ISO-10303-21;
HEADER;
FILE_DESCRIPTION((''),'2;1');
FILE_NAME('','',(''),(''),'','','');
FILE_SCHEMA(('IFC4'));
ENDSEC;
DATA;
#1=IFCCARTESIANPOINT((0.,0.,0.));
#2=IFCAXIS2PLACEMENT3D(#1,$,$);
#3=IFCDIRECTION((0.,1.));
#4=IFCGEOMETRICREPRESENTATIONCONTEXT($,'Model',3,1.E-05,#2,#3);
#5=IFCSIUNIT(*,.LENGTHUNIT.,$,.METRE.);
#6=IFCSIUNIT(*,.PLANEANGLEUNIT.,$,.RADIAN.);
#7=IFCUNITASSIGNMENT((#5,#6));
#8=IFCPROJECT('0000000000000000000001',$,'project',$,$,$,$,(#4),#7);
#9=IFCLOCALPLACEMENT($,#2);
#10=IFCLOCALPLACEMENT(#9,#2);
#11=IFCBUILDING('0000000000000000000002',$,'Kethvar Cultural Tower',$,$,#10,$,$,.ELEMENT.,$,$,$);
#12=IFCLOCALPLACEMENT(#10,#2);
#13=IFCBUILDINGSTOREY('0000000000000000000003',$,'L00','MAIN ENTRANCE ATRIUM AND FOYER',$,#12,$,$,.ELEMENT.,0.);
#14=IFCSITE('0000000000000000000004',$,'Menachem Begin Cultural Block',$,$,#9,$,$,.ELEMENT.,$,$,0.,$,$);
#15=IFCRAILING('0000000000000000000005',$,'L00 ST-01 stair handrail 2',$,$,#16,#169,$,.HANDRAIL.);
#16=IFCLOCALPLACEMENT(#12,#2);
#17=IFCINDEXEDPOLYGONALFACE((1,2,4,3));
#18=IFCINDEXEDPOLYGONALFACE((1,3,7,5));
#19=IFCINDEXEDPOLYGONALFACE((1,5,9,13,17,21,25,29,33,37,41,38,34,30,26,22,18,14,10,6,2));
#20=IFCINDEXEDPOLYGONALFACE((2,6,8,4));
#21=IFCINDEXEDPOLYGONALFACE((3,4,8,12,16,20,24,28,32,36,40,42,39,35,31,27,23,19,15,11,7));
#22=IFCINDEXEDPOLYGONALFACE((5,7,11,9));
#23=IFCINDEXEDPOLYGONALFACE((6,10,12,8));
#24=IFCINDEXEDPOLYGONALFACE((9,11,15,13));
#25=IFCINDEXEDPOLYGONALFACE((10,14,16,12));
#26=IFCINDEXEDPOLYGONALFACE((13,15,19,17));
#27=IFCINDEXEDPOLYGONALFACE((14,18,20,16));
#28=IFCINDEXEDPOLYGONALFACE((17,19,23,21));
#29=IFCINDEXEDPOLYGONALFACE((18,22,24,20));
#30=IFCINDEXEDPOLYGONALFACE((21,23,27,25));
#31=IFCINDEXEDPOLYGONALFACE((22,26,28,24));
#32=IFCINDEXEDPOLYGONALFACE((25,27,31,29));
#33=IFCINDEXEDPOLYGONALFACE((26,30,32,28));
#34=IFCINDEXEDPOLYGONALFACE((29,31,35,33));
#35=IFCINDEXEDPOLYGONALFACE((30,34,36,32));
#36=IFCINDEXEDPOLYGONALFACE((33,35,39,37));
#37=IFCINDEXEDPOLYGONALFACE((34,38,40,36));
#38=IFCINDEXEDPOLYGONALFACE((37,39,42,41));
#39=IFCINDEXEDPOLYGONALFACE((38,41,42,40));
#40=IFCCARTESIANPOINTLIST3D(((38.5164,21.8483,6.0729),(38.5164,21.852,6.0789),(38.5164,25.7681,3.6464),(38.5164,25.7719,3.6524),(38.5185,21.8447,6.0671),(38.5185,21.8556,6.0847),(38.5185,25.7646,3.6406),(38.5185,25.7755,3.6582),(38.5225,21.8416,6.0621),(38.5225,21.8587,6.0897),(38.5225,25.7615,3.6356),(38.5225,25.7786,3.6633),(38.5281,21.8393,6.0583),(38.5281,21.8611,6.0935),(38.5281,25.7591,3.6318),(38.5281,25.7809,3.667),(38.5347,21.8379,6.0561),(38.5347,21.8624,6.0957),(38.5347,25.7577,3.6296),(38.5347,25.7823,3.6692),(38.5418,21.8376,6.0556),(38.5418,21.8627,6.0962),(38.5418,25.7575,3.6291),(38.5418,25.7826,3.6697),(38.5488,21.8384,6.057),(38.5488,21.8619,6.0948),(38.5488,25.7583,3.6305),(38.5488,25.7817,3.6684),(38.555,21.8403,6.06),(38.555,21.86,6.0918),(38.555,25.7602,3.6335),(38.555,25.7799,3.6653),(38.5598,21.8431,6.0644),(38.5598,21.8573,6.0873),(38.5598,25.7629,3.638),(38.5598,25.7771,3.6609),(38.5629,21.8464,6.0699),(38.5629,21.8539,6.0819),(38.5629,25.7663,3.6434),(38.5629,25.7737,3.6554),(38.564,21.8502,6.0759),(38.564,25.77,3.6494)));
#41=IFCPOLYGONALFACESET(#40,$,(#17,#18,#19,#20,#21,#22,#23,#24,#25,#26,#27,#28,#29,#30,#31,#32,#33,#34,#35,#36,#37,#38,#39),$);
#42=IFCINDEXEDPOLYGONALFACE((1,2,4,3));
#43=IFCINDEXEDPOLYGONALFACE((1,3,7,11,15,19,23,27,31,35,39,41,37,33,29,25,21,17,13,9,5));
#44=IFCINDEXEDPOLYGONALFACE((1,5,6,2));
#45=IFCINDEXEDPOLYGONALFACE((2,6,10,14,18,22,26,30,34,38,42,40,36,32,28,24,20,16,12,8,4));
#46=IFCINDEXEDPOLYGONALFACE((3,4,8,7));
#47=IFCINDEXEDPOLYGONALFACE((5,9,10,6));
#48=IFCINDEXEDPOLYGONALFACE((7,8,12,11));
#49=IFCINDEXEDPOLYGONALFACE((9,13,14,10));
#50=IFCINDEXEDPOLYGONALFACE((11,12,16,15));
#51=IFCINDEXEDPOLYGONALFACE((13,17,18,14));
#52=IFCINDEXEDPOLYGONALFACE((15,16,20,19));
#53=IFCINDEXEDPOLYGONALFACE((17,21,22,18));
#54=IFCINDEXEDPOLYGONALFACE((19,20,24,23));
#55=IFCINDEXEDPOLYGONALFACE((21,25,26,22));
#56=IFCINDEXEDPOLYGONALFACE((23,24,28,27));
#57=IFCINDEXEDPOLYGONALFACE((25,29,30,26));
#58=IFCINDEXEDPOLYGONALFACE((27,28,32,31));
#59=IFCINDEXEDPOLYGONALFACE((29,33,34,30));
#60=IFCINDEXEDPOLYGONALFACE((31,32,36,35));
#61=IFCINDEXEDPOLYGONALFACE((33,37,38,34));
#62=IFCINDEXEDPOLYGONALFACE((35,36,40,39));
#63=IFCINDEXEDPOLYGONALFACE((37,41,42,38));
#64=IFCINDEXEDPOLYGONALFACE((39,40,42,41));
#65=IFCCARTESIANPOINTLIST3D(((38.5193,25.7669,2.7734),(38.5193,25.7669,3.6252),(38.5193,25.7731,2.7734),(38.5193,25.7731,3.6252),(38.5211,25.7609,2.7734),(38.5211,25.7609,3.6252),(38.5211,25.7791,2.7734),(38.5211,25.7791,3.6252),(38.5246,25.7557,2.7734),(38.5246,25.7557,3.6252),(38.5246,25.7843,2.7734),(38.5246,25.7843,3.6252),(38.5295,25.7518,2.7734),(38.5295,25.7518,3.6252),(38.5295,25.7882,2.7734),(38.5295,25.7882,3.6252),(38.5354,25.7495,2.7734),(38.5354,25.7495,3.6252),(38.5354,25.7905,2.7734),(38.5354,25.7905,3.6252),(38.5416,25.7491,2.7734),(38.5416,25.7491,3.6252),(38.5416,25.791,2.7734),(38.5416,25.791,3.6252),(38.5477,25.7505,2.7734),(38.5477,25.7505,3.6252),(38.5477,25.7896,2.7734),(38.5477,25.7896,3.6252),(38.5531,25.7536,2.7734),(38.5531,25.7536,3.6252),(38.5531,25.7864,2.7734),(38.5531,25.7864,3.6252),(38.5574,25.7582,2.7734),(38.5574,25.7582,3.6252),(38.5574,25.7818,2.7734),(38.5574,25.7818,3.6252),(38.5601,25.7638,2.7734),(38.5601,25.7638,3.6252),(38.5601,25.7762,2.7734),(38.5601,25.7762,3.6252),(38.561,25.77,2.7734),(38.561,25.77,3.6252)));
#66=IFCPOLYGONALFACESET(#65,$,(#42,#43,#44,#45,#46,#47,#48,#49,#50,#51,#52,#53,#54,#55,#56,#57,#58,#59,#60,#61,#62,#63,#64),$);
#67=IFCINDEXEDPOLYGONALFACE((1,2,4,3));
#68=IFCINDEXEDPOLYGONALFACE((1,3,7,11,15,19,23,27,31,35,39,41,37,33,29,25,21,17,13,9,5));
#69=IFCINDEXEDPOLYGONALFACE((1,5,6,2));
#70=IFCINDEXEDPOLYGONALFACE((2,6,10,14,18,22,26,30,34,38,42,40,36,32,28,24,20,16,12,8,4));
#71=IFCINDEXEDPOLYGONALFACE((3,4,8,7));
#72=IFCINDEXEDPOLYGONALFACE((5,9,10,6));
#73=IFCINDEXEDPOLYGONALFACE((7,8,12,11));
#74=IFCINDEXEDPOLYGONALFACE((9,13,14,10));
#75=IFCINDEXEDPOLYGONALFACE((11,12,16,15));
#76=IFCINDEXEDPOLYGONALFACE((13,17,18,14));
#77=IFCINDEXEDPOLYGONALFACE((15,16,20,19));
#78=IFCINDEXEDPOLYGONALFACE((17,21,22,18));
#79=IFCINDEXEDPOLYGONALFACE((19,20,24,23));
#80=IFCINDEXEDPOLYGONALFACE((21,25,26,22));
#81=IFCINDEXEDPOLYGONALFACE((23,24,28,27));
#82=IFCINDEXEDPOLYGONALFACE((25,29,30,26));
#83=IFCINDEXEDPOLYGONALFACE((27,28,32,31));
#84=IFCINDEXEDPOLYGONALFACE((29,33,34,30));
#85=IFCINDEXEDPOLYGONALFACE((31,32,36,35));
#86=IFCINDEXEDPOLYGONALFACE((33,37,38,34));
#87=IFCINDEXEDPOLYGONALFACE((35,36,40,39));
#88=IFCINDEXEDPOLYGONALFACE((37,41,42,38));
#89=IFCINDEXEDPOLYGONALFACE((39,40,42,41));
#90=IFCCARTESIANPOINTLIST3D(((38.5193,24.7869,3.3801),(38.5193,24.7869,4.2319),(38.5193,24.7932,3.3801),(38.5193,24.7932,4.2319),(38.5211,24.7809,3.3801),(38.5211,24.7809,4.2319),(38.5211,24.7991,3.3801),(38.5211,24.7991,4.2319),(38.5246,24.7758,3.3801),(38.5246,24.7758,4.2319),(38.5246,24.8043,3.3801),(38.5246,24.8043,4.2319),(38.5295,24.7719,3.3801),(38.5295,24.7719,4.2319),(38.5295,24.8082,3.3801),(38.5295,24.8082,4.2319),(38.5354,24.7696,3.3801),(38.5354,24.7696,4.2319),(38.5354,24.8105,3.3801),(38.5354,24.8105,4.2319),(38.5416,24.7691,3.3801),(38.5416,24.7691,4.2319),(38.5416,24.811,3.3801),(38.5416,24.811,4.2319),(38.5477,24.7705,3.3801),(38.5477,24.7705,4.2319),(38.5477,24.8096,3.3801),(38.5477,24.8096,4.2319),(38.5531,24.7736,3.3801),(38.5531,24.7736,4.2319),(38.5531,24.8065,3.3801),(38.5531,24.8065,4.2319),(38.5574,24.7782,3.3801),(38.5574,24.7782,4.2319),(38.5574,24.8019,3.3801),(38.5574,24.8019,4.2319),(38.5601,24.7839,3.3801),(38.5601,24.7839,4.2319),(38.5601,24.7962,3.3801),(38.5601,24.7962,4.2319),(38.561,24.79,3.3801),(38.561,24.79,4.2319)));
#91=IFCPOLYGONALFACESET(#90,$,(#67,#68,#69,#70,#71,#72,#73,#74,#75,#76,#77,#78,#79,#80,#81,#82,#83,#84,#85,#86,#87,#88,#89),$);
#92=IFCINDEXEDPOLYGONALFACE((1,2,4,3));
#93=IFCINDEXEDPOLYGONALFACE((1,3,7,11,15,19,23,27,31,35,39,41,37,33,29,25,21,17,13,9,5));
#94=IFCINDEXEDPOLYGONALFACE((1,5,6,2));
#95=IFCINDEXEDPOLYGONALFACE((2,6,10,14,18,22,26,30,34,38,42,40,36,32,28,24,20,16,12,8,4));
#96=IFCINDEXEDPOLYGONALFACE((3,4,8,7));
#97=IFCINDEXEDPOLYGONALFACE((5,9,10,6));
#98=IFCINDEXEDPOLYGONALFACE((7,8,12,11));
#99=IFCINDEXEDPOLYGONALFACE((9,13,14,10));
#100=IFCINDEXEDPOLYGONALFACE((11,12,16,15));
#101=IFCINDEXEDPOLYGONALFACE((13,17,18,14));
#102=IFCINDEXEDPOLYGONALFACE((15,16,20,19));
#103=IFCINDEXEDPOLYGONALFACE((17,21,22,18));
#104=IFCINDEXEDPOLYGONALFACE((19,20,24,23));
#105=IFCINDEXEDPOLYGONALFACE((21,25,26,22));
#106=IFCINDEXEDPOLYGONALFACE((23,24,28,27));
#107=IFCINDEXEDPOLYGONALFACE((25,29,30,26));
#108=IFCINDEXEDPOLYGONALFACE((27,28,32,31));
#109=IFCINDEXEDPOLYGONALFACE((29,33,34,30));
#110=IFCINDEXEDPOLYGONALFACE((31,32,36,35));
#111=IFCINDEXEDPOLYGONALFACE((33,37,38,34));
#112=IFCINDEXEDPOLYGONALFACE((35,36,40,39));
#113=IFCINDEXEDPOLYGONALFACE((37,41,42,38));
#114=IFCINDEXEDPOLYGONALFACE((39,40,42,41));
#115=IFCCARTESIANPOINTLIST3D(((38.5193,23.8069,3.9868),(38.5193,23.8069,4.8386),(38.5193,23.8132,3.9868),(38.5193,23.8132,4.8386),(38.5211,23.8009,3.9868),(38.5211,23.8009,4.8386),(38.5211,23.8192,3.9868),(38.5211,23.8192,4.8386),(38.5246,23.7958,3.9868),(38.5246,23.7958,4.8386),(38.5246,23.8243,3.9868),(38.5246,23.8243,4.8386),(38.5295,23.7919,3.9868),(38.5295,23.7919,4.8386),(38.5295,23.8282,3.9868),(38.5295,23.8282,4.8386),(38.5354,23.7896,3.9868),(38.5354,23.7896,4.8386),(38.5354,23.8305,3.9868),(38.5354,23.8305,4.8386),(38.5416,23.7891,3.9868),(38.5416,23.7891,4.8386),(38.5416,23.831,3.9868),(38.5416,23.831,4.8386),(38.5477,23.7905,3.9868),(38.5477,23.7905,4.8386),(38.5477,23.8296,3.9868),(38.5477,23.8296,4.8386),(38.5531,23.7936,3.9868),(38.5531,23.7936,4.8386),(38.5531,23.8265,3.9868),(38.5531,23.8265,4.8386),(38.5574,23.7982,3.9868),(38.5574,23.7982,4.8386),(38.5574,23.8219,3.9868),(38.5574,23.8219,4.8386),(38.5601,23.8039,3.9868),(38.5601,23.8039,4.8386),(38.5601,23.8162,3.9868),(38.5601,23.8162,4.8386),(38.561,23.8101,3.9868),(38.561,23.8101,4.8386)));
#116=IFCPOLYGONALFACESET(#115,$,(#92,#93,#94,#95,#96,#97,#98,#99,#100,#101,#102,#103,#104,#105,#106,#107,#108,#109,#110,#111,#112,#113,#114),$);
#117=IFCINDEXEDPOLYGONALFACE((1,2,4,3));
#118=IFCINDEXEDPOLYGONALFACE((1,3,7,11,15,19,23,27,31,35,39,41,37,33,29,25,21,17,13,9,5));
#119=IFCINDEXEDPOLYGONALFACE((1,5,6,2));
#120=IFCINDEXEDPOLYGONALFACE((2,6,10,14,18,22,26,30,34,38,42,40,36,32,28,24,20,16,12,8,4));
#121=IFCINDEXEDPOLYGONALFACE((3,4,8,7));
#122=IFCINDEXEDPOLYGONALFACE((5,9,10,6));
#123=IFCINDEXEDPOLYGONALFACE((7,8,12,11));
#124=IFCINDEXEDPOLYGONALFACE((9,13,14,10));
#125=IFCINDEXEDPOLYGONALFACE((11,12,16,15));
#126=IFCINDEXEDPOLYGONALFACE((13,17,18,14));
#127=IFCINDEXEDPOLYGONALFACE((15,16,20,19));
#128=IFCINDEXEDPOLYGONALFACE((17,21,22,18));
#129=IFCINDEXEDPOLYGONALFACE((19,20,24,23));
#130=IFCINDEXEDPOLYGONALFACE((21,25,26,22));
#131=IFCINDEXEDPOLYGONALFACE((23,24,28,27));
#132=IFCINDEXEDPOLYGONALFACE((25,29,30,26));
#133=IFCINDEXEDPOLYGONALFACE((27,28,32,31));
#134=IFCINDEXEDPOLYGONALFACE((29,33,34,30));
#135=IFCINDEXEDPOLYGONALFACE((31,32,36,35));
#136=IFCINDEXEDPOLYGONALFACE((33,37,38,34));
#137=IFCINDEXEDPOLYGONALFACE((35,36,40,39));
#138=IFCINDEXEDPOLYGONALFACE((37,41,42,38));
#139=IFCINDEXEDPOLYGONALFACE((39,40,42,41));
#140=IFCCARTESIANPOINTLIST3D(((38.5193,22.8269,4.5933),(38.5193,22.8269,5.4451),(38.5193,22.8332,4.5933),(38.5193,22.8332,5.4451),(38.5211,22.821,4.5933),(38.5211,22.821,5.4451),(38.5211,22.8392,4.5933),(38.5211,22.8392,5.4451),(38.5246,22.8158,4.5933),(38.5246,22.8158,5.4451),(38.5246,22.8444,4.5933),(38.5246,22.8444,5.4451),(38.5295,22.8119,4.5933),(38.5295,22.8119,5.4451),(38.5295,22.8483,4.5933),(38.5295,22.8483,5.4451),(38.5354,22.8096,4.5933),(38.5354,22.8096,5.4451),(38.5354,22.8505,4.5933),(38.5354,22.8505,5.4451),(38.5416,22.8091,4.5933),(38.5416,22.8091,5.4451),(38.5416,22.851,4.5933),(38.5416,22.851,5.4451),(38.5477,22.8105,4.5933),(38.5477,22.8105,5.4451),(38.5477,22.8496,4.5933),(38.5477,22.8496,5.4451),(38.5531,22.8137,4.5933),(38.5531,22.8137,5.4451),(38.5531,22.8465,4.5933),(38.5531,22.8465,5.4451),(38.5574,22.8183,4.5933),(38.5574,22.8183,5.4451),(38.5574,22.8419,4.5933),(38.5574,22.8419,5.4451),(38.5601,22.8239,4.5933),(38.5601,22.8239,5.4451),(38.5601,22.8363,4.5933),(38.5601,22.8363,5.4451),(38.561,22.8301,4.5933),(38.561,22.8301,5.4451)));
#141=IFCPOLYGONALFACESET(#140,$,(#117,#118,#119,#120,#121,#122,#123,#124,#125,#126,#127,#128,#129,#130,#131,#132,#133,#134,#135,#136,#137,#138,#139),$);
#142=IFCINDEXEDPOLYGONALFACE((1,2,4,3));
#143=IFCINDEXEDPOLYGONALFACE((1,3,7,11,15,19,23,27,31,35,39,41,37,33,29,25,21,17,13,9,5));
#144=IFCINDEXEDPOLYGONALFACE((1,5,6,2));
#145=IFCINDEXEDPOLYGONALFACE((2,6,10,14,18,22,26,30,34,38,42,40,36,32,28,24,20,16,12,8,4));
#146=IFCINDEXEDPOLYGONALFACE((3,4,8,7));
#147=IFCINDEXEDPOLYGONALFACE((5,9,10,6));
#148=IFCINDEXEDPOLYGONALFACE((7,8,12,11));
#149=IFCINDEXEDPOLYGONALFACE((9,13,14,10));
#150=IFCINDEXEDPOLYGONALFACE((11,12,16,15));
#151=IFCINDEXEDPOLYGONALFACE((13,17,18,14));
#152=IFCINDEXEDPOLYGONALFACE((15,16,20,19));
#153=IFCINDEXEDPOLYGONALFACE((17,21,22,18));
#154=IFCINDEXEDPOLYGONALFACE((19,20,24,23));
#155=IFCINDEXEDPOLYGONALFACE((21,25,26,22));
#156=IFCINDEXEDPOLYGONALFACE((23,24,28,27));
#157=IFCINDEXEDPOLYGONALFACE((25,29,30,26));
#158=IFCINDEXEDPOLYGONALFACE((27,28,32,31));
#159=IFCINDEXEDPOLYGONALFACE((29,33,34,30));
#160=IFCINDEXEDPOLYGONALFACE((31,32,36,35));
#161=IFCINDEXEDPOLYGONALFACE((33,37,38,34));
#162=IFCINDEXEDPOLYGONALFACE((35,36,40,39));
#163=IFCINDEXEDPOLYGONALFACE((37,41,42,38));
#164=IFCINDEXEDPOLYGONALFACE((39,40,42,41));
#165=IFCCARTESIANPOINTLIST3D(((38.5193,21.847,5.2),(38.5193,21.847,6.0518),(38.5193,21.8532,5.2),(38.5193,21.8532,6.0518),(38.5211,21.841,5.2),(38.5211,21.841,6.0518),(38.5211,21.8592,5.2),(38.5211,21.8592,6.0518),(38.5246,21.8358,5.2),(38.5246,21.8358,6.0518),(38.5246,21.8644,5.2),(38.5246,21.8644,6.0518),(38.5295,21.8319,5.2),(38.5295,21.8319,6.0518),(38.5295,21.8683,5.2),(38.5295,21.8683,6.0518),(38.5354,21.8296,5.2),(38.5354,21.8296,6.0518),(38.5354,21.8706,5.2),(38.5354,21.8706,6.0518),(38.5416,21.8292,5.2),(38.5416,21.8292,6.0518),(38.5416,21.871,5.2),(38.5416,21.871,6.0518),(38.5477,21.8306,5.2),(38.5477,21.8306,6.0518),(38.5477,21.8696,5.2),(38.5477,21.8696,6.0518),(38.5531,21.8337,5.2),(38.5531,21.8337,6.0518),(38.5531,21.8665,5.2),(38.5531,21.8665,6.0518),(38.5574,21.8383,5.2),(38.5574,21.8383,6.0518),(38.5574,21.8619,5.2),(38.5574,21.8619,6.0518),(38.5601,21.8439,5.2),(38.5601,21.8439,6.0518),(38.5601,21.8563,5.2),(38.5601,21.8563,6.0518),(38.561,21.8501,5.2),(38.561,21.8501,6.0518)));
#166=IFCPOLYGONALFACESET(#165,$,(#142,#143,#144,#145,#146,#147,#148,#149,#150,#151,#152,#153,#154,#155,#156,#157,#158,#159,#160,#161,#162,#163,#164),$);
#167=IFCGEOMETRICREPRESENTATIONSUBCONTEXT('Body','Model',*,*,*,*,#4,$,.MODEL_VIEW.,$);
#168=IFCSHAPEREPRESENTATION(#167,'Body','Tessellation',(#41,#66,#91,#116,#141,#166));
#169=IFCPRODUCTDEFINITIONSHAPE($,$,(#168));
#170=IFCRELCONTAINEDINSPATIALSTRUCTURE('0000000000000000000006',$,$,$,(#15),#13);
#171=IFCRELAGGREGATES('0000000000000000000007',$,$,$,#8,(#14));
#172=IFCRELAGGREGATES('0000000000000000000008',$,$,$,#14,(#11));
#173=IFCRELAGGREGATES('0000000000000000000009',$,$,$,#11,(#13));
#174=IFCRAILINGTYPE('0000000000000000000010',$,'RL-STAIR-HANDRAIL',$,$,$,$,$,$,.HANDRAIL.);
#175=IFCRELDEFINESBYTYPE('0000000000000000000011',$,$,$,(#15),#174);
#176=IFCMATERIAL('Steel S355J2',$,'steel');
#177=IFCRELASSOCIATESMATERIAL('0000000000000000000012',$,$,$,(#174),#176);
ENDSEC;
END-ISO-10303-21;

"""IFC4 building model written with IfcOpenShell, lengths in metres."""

from ifc_helpers import new_model, si_unit, direction, frame, origin, origin_2d, place, context, subcontext, project, spatial, circle, extrude, material, type_object, element, save


model = new_model("IFC4")

# Units and contexts
model_context = context("Model", 3, precision=1e-05, world=origin(), true_north=direction((0.0, 1.0)))
body_context = subcontext(model_context, "Body", "Model", "MODEL_VIEW")
ifc_project = project(units=[si_unit("LENGTHUNIT", "METRE"), si_unit("PLANEANGLEUNIT", "RADIAN")], contexts=[model_context])

# Site, building, storey
site_placement = place(None, origin())
site = spatial("IfcSite", under=ifc_project, at=site_placement, Name="Menachem Begin Cultural Block", CompositionType="ELEMENT", RefElevation=0.0)
building_placement = place(site_placement, origin())
building = spatial("IfcBuilding", under=site, at=building_placement, Name="Kethvar Cultural Tower", CompositionType="ELEMENT")
storey_placement = place(building_placement, origin())
storey = spatial("IfcBuildingStorey", under=building, at=storey_placement, Name="L00", Description="MAIN ENTRANCE ATRIUM AND FOYER", CompositionType="ELEMENT", Elevation=0.0)

# Shared definitions
ifc_material_1 = material(Name="Steel S355J2", Category="steel")

# Railing
railing_type_1 = type_object("IfcRailingType", Name="RL-STAIR-HANDRAIL", PredefinedType="HANDRAIL", material=ifc_material_1)
railing_1_placement = place(storey_placement, frame((38.54, 25.77, 2.7734)))
element("IfcRailing", 1, at=railing_1_placement, inside=storey, type_object=railing_type_1, Name="L00 ST-01 stair handrail 2", PredefinedType="HANDRAIL", context=body_context, shape_type="SweptSolid", body=[
    extrude(circle(Radius=0.0239, at=origin_2d()), frame((0.0, 0.0, 0.876), z_axis=(0.0, -0.850275, 0.526338), x_axis=(1.0, 0.0, 0.0)), (0.0, 0.0, 1.0), 4.6101),
    extrude(circle(Radius=0.021, at=origin_2d()), origin(), (0.0, 0.0, 1.0), 0.8518),
    extrude(circle(Radius=0.021, at=origin_2d()), frame((0.0, -0.98, 0.6067)), (0.0, 0.0, 1.0), 0.8518),
    extrude(circle(Radius=0.021, at=origin_2d()), frame((0.0, -1.96, 1.2134)), (0.0, 0.0, 1.0), 0.8518),
    extrude(circle(Radius=0.021, at=origin_2d()), frame((0.0, -2.9399, 1.8198)), (0.0, 0.0, 1.0), 0.8518),
    extrude(circle(Radius=0.021, at=origin_2d()), frame((0.0, -3.9199, 2.4265)), (0.0, 0.0, 1.0), 0.8518),
])

save(model, "model.ifc")
